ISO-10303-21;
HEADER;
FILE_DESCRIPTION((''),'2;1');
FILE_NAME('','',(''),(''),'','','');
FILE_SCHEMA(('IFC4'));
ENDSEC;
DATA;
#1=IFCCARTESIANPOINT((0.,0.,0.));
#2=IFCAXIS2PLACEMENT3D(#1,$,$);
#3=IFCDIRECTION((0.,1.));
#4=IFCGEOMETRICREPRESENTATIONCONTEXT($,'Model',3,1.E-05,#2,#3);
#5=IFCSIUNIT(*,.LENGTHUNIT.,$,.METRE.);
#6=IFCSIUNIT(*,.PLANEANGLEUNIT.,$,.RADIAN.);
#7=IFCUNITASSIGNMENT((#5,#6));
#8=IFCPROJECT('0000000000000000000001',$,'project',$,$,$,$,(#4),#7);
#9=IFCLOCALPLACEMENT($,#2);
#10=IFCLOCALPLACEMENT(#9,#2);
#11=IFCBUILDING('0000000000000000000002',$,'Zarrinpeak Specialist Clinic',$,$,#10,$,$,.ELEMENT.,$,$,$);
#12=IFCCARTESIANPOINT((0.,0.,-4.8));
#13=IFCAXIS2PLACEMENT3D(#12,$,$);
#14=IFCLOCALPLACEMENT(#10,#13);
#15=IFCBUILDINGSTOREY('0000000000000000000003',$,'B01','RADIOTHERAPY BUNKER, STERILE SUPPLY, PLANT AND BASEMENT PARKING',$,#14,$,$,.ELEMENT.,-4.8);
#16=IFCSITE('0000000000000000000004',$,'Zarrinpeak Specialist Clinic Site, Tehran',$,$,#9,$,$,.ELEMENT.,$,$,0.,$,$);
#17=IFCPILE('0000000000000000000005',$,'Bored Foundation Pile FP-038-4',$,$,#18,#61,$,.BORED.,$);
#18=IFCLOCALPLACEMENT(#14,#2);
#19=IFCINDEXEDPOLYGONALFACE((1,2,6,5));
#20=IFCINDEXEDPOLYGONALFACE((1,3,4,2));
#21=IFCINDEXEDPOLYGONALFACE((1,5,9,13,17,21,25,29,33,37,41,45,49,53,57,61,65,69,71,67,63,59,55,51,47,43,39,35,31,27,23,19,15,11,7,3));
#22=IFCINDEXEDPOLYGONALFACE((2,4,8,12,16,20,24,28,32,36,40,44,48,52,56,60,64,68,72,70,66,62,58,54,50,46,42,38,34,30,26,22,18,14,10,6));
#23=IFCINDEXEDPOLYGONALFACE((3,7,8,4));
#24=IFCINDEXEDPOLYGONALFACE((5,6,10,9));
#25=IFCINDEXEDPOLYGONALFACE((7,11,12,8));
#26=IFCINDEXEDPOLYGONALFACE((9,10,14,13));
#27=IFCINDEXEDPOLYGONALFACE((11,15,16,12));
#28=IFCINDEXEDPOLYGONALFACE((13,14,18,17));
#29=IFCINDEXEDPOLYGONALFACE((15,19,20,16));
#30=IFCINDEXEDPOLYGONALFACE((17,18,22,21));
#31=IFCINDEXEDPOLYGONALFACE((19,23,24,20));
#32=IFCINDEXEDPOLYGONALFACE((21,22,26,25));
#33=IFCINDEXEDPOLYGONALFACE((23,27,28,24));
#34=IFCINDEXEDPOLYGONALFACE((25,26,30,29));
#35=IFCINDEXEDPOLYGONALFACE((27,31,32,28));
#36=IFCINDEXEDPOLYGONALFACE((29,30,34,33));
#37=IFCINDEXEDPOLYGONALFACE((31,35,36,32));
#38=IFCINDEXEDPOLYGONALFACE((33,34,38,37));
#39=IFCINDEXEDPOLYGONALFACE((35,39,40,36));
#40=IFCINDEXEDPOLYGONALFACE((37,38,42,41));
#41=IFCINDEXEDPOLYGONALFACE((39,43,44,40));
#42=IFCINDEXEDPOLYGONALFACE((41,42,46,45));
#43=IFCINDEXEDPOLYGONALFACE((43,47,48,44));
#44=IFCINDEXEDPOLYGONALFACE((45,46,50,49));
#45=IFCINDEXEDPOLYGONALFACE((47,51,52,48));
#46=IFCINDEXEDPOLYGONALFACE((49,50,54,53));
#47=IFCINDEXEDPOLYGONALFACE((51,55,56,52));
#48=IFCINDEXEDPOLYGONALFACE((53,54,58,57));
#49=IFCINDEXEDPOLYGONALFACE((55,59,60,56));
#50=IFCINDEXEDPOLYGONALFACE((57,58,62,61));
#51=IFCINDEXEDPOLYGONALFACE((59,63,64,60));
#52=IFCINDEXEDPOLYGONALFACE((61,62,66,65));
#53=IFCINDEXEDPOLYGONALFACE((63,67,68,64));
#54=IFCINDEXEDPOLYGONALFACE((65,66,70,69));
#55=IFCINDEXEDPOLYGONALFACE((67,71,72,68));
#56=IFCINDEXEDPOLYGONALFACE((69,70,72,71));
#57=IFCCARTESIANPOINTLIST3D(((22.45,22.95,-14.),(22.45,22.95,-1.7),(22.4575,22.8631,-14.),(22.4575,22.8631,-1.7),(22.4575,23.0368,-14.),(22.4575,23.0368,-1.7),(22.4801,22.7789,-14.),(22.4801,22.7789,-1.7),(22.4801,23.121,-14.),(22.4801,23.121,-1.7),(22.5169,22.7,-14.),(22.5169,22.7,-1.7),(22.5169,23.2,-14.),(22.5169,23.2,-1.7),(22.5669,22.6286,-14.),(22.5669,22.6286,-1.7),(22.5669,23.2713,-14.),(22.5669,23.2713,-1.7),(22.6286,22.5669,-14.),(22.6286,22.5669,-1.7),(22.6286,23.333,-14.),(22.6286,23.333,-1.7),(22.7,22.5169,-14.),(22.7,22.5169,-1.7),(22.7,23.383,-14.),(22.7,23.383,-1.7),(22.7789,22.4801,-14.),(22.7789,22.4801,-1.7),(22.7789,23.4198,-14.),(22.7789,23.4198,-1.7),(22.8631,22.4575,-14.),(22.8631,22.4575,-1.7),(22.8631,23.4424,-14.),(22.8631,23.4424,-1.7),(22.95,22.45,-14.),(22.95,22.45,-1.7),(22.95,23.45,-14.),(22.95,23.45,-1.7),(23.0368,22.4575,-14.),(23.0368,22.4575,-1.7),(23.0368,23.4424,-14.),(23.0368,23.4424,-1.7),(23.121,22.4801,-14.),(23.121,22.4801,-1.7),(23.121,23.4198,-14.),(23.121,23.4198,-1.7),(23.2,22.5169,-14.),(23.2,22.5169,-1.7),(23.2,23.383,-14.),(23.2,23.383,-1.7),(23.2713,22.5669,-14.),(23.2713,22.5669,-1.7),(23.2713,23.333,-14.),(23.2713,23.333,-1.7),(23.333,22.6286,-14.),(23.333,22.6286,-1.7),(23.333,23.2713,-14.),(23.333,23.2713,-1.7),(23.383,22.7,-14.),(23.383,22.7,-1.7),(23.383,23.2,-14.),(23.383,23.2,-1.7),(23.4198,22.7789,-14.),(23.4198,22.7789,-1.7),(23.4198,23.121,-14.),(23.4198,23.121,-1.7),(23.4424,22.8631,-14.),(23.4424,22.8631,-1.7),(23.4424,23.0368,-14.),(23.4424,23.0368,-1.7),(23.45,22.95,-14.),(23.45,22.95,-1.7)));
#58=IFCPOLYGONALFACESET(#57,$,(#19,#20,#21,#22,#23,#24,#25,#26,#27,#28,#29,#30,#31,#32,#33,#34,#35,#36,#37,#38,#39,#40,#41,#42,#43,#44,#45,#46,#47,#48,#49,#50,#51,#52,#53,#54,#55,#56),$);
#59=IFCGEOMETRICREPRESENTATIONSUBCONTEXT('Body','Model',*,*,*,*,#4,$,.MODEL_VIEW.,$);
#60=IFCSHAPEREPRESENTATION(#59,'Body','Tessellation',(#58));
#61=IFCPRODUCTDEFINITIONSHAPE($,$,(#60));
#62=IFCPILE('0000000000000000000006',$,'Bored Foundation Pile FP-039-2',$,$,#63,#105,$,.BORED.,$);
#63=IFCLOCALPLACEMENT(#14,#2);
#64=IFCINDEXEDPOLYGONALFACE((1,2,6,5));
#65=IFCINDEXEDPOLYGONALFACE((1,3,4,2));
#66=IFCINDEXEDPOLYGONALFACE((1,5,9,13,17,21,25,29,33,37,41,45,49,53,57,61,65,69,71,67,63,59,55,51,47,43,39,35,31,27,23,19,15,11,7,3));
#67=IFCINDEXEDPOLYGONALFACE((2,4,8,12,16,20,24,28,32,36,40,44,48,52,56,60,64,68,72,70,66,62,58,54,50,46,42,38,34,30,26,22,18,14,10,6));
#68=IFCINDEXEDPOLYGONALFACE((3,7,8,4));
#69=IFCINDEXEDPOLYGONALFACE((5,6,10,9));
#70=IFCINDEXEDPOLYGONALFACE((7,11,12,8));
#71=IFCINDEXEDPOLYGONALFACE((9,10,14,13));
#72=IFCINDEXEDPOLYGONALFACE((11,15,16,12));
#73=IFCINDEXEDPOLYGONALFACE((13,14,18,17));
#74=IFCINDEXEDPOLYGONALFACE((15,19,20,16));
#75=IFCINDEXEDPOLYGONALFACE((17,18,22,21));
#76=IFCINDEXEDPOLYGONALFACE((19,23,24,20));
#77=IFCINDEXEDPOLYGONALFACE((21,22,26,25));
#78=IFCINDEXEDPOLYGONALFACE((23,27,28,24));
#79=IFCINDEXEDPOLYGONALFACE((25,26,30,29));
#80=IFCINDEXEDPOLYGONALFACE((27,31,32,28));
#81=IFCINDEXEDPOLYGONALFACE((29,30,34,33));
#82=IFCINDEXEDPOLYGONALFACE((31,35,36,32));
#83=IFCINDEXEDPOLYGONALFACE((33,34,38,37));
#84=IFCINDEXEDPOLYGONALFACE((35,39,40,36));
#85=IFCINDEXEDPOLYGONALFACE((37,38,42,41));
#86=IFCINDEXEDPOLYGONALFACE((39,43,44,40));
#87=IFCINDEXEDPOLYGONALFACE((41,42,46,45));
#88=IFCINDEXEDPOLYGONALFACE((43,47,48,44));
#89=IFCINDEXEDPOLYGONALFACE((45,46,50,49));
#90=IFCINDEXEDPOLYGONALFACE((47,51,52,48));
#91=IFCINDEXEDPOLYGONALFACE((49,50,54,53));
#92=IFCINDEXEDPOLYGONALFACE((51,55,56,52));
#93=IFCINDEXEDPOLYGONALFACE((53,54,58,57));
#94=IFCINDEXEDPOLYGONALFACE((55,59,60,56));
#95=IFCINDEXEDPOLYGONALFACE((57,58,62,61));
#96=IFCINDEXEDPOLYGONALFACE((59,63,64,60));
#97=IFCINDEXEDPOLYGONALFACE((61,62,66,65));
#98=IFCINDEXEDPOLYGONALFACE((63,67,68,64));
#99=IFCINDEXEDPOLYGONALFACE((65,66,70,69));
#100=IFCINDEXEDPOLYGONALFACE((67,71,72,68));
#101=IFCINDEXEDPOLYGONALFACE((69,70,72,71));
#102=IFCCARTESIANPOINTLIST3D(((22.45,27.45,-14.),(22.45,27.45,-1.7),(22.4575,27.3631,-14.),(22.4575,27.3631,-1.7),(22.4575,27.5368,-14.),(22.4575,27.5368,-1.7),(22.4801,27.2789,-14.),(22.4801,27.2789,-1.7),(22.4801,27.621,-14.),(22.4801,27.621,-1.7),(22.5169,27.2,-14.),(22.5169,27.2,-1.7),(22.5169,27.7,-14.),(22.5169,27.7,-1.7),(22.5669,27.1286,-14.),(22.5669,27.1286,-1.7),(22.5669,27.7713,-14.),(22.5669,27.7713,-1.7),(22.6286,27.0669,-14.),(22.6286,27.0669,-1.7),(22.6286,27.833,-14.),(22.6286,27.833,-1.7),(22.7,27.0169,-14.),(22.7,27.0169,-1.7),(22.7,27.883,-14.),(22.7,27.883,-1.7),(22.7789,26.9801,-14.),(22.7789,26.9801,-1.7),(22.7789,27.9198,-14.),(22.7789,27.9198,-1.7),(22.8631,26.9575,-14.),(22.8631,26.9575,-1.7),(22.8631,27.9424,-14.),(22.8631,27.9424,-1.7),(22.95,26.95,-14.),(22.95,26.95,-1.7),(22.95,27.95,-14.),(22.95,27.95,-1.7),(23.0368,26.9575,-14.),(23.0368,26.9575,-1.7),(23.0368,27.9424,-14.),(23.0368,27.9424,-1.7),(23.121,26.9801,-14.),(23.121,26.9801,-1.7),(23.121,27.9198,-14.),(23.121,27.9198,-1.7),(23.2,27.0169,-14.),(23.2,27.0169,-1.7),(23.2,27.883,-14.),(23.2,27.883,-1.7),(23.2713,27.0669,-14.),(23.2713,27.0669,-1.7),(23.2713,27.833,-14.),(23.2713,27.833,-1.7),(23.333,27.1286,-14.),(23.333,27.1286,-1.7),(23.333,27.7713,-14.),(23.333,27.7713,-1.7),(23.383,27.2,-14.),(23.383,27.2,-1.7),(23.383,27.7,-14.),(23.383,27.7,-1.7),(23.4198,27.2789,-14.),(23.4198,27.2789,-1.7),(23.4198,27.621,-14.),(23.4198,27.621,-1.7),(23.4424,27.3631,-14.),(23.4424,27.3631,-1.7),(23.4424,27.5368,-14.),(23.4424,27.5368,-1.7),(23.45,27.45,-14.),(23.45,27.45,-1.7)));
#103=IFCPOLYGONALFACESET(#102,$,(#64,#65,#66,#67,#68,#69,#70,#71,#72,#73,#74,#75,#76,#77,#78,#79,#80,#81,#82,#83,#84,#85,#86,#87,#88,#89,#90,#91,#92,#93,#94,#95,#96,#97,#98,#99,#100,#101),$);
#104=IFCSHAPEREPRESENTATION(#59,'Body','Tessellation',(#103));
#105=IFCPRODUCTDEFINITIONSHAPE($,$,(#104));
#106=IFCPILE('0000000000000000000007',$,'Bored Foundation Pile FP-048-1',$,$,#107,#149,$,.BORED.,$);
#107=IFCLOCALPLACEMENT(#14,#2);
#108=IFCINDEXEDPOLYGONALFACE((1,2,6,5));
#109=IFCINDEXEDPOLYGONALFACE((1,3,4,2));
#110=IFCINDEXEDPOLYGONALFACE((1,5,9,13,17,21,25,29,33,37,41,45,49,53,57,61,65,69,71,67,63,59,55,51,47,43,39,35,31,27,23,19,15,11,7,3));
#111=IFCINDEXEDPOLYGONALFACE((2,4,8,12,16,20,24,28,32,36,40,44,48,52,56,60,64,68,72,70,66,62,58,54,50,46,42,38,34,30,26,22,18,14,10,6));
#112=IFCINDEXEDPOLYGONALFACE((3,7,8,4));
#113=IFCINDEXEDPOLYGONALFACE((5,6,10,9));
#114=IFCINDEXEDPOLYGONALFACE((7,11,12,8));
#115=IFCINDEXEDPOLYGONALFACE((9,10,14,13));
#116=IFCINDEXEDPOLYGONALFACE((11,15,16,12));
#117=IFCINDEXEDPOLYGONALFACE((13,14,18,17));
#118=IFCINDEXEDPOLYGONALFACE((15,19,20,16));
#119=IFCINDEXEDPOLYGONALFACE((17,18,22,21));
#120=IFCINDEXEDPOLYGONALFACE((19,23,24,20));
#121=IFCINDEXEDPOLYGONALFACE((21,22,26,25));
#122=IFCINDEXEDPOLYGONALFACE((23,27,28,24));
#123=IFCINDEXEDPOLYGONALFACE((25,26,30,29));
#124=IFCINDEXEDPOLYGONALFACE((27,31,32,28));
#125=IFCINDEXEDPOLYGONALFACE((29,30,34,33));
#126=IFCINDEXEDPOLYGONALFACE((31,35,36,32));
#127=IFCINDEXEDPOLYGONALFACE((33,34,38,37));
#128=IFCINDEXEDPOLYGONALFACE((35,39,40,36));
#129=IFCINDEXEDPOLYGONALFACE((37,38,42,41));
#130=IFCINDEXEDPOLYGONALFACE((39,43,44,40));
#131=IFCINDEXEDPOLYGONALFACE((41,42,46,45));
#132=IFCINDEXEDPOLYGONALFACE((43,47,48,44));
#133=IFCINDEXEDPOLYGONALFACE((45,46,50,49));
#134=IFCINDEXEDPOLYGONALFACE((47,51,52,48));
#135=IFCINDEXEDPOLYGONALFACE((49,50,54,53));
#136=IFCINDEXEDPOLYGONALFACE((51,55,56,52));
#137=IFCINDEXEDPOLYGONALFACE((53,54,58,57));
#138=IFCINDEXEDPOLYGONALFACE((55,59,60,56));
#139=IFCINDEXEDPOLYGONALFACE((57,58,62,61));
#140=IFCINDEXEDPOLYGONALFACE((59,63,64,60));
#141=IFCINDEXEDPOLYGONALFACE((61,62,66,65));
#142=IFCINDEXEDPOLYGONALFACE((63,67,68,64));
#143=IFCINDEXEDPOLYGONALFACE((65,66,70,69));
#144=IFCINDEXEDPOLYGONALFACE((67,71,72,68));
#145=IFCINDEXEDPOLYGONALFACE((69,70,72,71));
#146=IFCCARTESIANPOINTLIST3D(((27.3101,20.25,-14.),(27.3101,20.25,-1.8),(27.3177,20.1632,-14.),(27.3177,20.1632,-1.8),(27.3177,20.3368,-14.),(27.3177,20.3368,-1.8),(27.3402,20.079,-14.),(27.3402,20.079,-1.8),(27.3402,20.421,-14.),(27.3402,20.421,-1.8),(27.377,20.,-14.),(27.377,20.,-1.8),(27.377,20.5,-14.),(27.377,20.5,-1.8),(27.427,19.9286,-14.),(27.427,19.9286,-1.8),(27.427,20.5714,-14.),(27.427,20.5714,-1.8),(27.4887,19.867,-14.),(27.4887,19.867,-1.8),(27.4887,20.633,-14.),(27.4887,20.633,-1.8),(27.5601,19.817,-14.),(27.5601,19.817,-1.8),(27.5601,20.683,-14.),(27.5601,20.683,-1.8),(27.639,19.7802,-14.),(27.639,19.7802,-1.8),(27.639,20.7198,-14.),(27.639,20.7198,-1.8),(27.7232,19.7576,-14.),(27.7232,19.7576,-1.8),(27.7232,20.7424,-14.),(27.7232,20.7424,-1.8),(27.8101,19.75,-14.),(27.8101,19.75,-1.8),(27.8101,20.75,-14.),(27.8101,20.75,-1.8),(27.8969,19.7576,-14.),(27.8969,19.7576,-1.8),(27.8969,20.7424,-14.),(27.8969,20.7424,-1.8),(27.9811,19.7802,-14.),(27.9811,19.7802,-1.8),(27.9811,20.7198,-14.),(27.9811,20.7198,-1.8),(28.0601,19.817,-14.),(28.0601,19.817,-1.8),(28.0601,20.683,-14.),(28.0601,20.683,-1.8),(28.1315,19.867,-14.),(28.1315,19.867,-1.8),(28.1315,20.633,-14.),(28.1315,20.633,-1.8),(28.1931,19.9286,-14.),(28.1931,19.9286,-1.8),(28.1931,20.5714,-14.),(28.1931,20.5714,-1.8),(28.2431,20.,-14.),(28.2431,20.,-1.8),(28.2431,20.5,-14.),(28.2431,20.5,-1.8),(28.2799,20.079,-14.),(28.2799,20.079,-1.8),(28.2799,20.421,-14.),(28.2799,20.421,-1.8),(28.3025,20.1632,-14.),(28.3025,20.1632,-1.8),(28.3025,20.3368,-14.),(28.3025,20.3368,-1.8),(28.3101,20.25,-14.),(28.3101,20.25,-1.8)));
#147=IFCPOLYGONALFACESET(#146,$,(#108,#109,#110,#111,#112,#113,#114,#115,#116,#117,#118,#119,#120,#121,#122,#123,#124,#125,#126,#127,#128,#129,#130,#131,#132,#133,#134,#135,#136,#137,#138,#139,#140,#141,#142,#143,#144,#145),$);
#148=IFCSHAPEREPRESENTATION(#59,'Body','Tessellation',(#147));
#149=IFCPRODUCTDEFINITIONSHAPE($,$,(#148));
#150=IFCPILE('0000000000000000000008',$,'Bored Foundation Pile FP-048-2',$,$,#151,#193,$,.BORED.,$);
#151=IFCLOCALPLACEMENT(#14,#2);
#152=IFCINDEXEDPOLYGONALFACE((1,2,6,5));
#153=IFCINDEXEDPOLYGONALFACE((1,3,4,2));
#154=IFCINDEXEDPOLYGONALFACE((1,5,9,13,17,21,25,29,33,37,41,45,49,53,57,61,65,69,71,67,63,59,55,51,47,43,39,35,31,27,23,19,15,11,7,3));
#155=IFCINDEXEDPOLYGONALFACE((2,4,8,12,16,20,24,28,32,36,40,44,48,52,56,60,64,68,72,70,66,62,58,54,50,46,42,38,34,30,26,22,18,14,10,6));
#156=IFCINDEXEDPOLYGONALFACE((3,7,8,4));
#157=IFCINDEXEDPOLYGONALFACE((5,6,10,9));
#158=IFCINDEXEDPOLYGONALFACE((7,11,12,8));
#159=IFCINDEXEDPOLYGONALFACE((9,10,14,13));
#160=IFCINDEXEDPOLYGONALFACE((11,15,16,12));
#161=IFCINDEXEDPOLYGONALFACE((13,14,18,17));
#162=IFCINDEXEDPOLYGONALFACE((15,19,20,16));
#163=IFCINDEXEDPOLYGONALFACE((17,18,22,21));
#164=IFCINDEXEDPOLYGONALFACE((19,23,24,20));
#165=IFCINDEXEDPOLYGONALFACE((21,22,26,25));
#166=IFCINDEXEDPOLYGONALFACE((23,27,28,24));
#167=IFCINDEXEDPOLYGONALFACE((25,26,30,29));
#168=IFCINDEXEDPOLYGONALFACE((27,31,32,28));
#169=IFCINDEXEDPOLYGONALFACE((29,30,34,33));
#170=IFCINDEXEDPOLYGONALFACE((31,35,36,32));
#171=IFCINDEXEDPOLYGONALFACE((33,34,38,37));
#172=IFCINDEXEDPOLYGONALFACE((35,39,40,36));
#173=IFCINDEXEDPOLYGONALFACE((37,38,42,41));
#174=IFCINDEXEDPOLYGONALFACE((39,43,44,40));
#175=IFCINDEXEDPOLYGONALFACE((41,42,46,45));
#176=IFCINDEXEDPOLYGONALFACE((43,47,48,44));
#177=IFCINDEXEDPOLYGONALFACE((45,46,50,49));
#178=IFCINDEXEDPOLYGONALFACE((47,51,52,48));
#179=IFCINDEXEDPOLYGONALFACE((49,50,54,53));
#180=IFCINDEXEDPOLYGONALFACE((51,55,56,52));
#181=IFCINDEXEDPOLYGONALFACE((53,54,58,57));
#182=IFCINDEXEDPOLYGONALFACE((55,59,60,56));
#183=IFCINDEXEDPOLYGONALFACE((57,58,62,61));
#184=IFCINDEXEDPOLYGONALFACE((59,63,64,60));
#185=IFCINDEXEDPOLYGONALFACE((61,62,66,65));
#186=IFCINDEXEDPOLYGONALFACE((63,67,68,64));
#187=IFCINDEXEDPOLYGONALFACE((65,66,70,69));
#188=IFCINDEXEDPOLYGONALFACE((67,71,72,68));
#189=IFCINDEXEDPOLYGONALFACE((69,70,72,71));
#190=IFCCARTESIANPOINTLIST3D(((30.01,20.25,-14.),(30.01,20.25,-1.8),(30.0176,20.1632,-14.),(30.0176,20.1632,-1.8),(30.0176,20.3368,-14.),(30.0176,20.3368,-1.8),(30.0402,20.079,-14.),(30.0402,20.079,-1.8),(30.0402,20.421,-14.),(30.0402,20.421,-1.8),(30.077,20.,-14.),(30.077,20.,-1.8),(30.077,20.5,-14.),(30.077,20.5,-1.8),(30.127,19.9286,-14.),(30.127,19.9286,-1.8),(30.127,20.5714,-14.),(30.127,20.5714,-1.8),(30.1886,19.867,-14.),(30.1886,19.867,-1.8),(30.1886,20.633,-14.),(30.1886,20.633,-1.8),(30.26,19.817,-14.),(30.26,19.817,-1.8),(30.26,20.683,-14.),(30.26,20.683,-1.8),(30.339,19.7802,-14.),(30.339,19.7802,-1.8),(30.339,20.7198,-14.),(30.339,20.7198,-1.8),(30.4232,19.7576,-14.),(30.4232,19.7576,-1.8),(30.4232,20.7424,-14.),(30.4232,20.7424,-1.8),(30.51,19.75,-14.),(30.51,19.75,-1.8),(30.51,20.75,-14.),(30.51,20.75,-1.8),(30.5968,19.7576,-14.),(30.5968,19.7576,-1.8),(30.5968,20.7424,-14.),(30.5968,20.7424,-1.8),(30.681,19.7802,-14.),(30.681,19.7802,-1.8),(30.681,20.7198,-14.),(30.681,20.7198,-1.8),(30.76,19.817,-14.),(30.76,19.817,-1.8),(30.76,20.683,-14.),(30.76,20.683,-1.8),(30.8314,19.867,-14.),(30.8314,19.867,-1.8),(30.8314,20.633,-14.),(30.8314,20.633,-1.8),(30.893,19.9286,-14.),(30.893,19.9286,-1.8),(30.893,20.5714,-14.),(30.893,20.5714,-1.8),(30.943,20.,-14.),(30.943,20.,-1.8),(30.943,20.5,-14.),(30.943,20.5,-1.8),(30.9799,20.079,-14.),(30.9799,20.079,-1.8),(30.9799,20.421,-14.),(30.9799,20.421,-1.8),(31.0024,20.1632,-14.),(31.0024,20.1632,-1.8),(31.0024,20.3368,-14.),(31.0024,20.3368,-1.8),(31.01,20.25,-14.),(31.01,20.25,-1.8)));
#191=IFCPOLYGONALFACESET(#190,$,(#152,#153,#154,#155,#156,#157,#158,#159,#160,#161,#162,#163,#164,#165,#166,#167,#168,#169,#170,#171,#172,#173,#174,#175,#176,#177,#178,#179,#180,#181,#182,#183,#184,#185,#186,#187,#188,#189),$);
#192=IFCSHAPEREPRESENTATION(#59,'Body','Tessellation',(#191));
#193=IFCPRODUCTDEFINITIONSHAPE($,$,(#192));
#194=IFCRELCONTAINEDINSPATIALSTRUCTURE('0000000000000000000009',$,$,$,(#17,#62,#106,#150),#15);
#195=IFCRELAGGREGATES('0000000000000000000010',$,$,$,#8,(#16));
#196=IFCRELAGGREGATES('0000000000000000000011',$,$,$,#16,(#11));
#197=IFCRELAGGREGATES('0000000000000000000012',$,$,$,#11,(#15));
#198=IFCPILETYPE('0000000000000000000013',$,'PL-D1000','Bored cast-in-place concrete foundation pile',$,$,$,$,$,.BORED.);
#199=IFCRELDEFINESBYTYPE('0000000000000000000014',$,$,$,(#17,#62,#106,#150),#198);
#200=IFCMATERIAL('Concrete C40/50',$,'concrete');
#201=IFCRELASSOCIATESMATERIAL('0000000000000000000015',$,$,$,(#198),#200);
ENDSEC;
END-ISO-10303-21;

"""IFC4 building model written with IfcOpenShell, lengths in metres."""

from ifc_helpers import new_model, si_unit, direction, frame, origin, origin_2d, place, context, subcontext, project, spatial, circle, extrude, material, material_profile, profile_set, type_object, element, save


model = new_model("IFC4")

# Units and contexts
model_context = context("Model", 3, precision=1e-05, world=origin(), true_north=direction((0.0, 1.0)))
body_context = subcontext(model_context, "Body", "Model", "MODEL_VIEW")
ifc_project = project(units=[si_unit("LENGTHUNIT", "METRE"), si_unit("PLANEANGLEUNIT", "RADIAN")], contexts=[model_context])

# Site, building, storey
site_placement = place(None, origin())
site = spatial("IfcSite", under=ifc_project, at=site_placement, Name="Zarrinpeak Specialist Clinic Site, Tehran", CompositionType="ELEMENT", RefElevation=0.0)
building_placement = place(site_placement, origin())
building = spatial("IfcBuilding", under=site, at=building_placement, Name="Zarrinpeak Specialist Clinic", CompositionType="ELEMENT")
storey_placement = place(building_placement, frame((0.0, 0.0, -4.8)))
storey = spatial("IfcBuildingStorey", under=building, at=storey_placement, Name="B01", Description="RADIOTHERAPY BUNKER, STERILE SUPPLY, PLANT AND BASEMENT PARKING", CompositionType="ELEMENT", Elevation=-4.8)

# Shared definitions
ifc_material_1 = material(Name="Concrete C40/50", Category="concrete")

# Piles
ifc_material_profile_1 = material_profile(ifc_material_1, circle(Radius=0.5, at=origin_2d()), Name="BORED PILE D1000")
ifc_profile_set_1 = profile_set([ifc_material_profile_1], Name="Concrete C40/50")
pile_type_1 = type_object("IfcPileType", Name="PL-D1000", Description="Bored cast-in-place concrete foundation pile", PredefinedType="BORED", material=ifc_profile_set_1)
for number, where, z_axis, x_axis, name in (
    (1, (22.95, 22.95, -1.7), (0.0, 0.0, -1.0), (1.0, 0.0, 0.0), "Bored Foundation Pile FP-038-4"),
    (2, (22.95, 27.45, -1.7), (0.0, 0.0, -1.0), (1.0, 0.0, 0.0), "Bored Foundation Pile FP-039-2"),
):
    element("IfcPile", number, at=place(storey_placement, frame(where, z_axis=z_axis, x_axis=x_axis)), inside=storey, type_object=pile_type_1, Name=name, PredefinedType="BORED", context=body_context, shape_type="SweptSolid", body=[
        extrude(circle(Radius=0.5, at=origin_2d()), origin(), (0.0, 0.0, 1.0), 12.3),
    ])
for number, where, z_axis, x_axis, name in (
    (3, (27.8101, 20.25, -1.8), (0.0, 0.0, -1.0), (1.0, 0.0, 0.0), "Bored Foundation Pile FP-048-1"),
    (4, (30.51, 20.25, -1.8), (0.0, 0.0, -1.0), (1.0, 0.0, 0.0), "Bored Foundation Pile FP-048-2"),
):
    element("IfcPile", number, at=place(storey_placement, frame(where, z_axis=z_axis, x_axis=x_axis)), inside=storey, type_object=pile_type_1, Name=name, PredefinedType="BORED", context=body_context, shape_type="SweptSolid", body=[
        extrude(circle(Radius=0.5, at=origin_2d()), origin(), (0.0, 0.0, 1.0), 12.2),
    ])

save(model, "model.ifc")
